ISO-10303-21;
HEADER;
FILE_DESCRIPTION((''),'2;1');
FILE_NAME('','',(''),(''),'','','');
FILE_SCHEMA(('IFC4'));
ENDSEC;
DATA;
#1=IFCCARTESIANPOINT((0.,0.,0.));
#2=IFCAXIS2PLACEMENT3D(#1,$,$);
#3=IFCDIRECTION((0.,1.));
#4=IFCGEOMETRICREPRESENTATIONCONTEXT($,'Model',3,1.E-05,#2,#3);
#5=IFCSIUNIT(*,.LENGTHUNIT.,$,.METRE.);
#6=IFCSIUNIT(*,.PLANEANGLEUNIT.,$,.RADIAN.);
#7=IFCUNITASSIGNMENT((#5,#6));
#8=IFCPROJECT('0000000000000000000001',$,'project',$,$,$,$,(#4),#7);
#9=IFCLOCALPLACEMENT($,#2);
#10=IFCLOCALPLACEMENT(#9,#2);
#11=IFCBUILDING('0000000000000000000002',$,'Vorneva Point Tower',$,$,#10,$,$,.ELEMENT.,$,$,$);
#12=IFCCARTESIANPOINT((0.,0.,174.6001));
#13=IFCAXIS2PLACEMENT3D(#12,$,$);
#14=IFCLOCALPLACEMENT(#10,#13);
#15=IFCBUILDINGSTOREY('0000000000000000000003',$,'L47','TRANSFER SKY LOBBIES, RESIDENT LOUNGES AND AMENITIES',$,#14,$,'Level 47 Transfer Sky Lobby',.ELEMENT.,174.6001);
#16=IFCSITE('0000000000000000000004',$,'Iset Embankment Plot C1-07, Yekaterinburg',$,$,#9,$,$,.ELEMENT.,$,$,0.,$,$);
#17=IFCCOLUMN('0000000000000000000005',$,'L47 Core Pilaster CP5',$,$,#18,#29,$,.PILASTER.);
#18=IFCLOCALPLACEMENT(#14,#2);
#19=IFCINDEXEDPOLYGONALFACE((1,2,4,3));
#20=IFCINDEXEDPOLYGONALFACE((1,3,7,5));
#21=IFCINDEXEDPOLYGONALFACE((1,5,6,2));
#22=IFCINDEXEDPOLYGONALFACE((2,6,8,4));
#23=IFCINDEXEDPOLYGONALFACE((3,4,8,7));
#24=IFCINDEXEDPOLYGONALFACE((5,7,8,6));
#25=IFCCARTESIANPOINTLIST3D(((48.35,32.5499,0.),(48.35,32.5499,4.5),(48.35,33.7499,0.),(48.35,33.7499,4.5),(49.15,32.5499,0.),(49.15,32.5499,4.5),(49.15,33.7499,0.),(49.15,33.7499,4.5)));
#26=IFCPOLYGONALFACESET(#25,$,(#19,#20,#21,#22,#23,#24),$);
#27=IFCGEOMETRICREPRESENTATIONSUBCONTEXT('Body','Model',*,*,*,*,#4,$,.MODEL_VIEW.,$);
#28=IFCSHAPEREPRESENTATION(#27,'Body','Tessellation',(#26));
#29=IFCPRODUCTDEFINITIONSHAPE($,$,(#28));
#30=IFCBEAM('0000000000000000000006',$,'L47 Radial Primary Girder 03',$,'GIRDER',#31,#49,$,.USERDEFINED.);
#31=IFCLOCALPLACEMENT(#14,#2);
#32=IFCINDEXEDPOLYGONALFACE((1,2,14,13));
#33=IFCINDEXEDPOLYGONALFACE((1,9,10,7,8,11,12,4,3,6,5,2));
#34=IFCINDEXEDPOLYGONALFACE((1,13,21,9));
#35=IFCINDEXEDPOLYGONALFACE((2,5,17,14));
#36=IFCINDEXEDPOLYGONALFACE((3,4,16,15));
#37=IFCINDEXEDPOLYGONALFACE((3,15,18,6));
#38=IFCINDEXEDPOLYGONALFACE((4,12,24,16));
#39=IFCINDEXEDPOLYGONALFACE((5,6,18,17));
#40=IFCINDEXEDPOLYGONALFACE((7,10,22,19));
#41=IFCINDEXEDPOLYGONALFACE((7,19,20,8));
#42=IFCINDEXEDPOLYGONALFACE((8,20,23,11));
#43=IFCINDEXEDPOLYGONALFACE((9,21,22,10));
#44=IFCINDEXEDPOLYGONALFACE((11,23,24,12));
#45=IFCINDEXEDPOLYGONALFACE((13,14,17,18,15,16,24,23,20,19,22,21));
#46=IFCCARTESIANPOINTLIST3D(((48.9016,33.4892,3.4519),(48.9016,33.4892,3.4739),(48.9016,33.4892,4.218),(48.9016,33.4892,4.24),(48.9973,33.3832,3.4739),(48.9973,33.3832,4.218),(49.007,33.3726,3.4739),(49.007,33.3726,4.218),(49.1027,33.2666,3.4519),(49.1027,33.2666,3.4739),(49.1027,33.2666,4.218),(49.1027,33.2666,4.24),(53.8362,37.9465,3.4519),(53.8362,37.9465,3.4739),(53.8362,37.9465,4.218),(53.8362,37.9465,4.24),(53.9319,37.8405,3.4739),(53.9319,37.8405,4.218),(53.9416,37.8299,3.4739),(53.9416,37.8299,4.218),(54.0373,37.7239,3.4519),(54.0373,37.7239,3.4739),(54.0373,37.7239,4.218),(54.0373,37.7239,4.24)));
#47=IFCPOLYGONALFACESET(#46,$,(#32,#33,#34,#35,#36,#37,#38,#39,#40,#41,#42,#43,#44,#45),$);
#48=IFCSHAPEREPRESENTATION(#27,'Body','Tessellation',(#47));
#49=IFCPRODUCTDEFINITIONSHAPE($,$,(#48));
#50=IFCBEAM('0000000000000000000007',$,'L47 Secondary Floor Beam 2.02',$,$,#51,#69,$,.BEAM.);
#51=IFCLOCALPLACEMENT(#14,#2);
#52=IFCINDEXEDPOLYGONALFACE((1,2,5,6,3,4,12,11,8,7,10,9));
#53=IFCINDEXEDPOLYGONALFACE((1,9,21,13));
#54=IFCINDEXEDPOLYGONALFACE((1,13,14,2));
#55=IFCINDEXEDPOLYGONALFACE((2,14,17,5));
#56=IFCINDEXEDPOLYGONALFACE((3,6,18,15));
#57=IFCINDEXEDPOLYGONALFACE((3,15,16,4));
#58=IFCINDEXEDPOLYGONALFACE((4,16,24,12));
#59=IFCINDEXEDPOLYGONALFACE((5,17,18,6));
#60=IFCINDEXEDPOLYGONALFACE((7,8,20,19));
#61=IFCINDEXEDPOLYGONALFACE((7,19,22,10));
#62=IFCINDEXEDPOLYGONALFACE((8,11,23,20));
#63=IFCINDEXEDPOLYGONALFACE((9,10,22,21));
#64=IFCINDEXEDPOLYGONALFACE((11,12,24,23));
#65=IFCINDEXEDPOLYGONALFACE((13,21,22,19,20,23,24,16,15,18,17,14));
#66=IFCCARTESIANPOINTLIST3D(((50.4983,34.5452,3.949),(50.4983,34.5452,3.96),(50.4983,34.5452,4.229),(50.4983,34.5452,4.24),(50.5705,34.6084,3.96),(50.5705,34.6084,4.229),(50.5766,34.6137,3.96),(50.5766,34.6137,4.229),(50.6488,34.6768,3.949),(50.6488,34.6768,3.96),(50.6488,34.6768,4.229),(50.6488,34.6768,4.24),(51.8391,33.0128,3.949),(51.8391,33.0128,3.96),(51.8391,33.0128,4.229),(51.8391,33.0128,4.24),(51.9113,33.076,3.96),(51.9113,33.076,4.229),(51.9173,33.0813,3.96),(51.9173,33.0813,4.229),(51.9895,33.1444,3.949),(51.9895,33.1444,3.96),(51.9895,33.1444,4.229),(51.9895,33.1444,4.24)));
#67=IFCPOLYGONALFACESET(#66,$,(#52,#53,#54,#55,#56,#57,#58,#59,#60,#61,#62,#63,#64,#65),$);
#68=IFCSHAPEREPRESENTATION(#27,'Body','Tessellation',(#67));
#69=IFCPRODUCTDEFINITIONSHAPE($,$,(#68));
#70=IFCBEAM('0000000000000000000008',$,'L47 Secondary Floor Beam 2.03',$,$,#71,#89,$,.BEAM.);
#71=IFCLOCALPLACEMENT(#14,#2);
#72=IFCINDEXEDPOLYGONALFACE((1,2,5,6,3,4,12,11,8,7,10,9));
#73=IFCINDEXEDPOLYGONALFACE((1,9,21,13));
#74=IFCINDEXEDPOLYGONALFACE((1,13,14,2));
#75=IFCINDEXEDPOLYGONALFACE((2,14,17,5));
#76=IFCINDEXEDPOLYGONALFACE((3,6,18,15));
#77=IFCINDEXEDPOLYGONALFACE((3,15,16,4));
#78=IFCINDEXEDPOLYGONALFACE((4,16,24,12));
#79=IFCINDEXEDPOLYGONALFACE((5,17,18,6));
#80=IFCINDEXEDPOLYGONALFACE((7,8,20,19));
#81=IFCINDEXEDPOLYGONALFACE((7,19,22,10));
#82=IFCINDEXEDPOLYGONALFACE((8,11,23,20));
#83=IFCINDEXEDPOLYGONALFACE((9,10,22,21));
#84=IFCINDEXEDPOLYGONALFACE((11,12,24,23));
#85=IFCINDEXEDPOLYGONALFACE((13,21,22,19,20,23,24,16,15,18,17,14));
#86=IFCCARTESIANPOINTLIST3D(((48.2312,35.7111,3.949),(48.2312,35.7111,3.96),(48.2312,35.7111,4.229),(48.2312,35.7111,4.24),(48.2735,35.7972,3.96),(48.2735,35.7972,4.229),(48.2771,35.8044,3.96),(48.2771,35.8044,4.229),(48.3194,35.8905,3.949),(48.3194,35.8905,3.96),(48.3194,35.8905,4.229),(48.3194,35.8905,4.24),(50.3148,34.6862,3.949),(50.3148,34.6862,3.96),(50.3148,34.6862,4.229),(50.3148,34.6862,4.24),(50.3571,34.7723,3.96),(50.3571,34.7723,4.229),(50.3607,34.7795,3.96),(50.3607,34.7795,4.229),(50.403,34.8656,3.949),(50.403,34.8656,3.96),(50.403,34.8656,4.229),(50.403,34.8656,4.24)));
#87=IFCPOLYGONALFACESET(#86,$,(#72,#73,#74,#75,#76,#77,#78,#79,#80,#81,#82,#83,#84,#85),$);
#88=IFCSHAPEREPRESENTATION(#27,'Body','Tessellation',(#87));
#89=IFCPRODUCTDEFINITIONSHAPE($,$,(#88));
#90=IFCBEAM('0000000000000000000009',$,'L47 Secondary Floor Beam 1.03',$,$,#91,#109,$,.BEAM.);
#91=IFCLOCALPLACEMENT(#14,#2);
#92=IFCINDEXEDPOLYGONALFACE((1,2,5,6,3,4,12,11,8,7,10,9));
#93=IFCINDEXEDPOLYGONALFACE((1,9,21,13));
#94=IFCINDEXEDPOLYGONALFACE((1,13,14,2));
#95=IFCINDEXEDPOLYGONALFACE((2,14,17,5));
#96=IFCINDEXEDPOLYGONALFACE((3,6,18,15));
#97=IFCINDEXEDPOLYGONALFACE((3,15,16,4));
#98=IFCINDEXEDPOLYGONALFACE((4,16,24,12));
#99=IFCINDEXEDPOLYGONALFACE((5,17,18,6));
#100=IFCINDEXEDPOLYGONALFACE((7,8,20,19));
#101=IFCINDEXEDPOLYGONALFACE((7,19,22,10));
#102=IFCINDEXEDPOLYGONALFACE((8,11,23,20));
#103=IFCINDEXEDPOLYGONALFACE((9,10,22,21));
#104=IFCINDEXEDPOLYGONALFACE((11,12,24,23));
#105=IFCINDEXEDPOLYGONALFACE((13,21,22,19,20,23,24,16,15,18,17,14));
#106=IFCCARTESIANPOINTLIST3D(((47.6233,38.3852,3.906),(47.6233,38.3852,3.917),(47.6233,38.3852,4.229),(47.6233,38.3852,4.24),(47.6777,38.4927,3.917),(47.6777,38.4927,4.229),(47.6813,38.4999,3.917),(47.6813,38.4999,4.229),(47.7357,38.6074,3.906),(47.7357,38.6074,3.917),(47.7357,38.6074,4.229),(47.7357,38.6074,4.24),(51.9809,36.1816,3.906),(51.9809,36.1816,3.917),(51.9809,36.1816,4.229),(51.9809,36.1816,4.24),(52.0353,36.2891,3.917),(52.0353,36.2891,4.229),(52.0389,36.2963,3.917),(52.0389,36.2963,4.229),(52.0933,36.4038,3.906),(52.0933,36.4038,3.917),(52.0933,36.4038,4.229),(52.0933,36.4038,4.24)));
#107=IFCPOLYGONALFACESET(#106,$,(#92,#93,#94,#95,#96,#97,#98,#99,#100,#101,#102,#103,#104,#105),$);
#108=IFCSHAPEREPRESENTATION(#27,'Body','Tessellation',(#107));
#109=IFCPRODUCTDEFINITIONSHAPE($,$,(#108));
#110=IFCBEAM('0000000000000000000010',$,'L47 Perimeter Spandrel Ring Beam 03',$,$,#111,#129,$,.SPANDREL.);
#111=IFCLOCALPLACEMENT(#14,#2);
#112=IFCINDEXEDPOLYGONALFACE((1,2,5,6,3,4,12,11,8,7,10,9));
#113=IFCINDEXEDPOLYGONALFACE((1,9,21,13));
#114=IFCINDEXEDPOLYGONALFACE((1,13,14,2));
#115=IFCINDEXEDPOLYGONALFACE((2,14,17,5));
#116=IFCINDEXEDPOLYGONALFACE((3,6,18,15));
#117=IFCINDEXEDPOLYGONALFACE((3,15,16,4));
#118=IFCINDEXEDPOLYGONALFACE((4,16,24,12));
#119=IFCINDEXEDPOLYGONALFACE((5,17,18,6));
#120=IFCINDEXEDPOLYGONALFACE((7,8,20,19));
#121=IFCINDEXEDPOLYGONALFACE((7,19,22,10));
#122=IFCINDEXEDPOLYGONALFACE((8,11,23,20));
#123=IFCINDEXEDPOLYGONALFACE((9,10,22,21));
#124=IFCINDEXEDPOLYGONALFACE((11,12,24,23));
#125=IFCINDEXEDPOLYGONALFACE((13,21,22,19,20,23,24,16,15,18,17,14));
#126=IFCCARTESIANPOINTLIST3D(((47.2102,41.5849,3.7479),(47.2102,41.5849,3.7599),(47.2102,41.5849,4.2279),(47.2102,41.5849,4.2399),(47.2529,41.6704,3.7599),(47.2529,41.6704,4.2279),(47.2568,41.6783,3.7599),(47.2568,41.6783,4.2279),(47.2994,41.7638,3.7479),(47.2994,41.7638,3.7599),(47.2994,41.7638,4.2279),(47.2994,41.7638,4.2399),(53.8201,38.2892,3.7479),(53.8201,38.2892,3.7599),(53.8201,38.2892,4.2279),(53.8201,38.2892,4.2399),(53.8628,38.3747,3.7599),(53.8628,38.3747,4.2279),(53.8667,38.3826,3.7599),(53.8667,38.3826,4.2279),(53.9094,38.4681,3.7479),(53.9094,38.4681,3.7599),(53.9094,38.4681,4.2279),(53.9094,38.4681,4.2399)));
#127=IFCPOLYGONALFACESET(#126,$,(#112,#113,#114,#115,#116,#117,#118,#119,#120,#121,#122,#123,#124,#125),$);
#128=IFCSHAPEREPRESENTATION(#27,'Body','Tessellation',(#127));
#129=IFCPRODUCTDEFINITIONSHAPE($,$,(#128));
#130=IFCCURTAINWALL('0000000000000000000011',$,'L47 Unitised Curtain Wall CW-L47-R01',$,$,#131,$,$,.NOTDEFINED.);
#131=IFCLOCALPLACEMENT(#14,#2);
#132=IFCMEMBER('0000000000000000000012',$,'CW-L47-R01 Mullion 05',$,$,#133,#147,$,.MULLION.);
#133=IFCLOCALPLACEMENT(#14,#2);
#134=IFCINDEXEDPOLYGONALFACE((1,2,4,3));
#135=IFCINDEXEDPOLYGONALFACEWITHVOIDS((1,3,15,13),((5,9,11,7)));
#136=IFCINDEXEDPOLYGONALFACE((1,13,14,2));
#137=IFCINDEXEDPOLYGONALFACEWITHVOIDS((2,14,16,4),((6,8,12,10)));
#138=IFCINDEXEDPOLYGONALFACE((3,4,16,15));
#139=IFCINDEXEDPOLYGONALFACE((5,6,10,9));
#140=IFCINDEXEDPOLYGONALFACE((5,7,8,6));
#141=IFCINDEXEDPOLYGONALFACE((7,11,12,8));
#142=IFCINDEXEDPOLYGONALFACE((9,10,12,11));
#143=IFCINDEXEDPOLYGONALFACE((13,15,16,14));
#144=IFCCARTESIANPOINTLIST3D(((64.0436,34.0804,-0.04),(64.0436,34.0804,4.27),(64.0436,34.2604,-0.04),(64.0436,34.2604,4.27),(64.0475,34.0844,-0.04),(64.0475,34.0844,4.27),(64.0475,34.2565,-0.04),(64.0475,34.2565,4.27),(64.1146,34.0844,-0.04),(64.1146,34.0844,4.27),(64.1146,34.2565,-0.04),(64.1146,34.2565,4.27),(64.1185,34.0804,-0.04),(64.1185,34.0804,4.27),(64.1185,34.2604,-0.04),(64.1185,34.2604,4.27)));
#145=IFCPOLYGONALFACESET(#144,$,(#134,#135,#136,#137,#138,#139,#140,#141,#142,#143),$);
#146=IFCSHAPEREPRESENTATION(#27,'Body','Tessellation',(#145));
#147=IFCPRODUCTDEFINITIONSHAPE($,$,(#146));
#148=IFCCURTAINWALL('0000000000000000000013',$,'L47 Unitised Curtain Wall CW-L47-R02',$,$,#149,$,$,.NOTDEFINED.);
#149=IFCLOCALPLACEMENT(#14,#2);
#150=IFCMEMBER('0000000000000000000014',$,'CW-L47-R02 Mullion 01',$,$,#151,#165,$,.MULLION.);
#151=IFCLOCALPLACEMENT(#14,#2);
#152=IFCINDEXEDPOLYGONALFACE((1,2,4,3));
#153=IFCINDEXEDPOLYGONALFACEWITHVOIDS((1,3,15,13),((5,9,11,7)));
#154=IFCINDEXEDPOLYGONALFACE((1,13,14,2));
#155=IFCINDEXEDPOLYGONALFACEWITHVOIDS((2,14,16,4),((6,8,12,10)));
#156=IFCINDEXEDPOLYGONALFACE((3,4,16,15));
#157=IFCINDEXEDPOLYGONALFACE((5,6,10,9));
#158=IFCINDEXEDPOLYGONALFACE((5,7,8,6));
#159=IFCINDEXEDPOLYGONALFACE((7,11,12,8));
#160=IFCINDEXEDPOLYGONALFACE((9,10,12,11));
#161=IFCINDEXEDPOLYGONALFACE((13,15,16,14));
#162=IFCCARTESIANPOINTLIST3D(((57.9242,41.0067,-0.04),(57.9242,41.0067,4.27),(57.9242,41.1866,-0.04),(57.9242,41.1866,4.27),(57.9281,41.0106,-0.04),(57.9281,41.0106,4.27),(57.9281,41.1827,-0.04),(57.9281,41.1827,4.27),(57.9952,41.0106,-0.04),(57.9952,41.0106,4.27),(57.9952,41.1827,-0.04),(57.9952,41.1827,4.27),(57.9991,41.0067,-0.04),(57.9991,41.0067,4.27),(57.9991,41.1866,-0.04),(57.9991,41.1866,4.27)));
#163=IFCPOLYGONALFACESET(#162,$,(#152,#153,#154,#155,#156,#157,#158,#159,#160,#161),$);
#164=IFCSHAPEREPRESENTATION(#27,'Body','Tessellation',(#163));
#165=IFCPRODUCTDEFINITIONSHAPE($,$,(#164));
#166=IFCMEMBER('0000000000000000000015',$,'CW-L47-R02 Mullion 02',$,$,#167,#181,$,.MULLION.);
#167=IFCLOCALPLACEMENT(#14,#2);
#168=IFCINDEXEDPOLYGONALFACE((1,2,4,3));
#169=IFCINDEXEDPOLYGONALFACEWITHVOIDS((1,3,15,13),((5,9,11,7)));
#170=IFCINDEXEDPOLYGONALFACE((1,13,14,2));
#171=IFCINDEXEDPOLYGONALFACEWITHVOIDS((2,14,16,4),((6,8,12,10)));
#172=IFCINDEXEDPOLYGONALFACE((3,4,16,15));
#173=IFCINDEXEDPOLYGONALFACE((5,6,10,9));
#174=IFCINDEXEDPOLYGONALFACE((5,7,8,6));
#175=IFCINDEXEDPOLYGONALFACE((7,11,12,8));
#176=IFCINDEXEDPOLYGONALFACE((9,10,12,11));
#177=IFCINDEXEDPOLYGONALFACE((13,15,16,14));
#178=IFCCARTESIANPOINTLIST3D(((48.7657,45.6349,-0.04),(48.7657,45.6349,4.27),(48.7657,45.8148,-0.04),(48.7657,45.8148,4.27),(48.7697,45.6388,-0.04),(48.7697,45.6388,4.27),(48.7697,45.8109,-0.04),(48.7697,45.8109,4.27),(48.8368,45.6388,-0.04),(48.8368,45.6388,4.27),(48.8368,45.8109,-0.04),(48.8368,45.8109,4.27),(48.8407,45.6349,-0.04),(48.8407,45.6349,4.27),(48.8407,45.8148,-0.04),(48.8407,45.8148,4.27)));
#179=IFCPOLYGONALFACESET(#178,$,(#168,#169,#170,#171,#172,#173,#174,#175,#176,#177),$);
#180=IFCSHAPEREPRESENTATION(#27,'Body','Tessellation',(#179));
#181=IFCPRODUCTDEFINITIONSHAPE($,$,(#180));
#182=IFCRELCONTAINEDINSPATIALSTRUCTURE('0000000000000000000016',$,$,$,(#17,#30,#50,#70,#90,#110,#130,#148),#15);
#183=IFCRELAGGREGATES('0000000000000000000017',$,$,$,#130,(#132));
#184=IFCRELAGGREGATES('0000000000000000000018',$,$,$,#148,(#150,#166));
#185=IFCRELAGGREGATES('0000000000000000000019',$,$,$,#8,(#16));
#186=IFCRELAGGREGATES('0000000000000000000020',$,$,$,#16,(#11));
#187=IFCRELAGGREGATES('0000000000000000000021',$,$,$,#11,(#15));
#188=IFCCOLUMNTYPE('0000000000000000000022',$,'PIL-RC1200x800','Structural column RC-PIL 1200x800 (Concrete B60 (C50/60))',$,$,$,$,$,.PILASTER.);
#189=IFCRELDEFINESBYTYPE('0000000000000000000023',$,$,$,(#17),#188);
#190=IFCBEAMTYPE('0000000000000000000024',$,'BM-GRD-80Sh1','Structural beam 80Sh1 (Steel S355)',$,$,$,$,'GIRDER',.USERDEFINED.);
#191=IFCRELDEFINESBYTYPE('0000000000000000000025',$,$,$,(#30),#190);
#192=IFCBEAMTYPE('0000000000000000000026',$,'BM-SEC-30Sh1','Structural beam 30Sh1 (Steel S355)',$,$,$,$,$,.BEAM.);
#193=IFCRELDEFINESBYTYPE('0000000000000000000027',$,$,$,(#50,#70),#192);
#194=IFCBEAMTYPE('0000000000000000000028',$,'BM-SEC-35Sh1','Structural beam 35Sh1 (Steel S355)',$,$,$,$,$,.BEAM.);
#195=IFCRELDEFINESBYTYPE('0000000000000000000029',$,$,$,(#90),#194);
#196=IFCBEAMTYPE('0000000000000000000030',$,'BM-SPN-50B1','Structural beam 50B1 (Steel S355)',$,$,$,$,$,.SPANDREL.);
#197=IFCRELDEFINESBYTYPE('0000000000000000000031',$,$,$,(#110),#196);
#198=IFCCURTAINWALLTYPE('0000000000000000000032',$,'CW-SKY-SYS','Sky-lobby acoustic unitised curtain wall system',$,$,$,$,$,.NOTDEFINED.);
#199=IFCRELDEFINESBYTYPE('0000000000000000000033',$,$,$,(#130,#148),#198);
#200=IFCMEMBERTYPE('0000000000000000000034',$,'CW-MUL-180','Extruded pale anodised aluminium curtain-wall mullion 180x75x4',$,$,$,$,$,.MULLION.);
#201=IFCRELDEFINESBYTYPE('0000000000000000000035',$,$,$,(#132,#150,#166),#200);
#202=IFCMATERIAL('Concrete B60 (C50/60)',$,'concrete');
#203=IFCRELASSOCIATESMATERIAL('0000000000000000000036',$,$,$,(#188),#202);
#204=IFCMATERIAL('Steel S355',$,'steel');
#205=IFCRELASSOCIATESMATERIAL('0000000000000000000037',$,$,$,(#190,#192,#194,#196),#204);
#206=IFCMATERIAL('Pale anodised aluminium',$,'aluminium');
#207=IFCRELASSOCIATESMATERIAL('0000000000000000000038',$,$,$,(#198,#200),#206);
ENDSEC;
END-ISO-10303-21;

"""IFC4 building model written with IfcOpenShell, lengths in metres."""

from ifc_helpers import new_model, si_unit, direction, frame, origin, origin_2d, place, context, subcontext, project, spatial, rectangle, hollow_rectangle, i_section, extrude, material, material_profile, profile_set, type_object, element, aggregate, save


model = new_model("IFC4")

# Units and contexts
model_context = context("Model", 3, precision=1e-05, world=origin(), true_north=direction((0.0, 1.0)))
body_context = subcontext(model_context, "Body", "Model", "MODEL_VIEW")
ifc_project = project(units=[si_unit("LENGTHUNIT", "METRE"), si_unit("PLANEANGLEUNIT", "RADIAN")], contexts=[model_context])

# Site, building, storey
site_placement = place(None, origin())
site = spatial("IfcSite", under=ifc_project, at=site_placement, Name="Iset Embankment Plot C1-07, Yekaterinburg", CompositionType="ELEMENT", RefElevation=0.0)
building_placement = place(site_placement, origin())
building = spatial("IfcBuilding", under=site, at=building_placement, Name="Vorneva Point Tower", CompositionType="ELEMENT")
storey_placement = place(building_placement, frame((0.0, 0.0, 174.6001)))
storey = spatial("IfcBuildingStorey", under=building, at=storey_placement, Name="L47", Description="TRANSFER SKY LOBBIES, RESIDENT LOUNGES AND AMENITIES", LongName="Level 47 Transfer Sky Lobby", CompositionType="ELEMENT", Elevation=174.6001)

# Column
ifc_material_1 = material(Name="Concrete B60 (C50/60)", Category="concrete")
ifc_material_profile_1 = material_profile(ifc_material_1, rectangle(XDim=0.8, YDim=1.2, at=origin_2d()), Name="RC-PIL 1200x800")
ifc_profile_set_1 = profile_set([ifc_material_profile_1], Name="Concrete B60 (C50/60)")
column_type_1 = type_object("IfcColumnType", Name="PIL-RC1200x800", Description="Structural column RC-PIL 1200x800 (Concrete B60 (C50/60))", PredefinedType="PILASTER", material=ifc_profile_set_1)
column_1_placement = place(storey_placement, frame((48.75, 33.1499, 0.0), z_axis=(0.0, 0.0, 1.0), x_axis=(1.0, 0.0, 0.0)))
element("IfcColumn", 1, at=column_1_placement, inside=storey, type_object=column_type_1, Name="L47 Core Pilaster CP5", PredefinedType="PILASTER", context=body_context, shape_type="SweptSolid", body=[
    extrude(rectangle(XDim=0.8, YDim=1.2, at=origin_2d()), origin(), (0.0, 0.0, 1.0), 4.5),
])

# Beams
ifc_material_2 = material(Name="Steel S355", Category="steel")
ifc_material_profile_2 = material_profile(ifc_material_2, i_section(OverallWidth=0.3, OverallDepth=0.7881, WebThickness=0.0144, FlangeThickness=0.022, at=origin_2d()), Name="80Sh1")
ifc_profile_set_2 = profile_set([ifc_material_profile_2], Name="Steel S355")
beam_type_1 = type_object("IfcBeamType", Name="BM-GRD-80Sh1", Description="Structural beam 80Sh1 (Steel S355)", ElementType="GIRDER", PredefinedType="USERDEFINED", material=ifc_profile_set_2)
beam_1_placement = place(storey_placement, frame((53.9368, 37.8352, 3.8459), z_axis=(-0.742084, -0.670306, 0.0), x_axis=(0.670306, -0.742084, 0.0)))
element("IfcBeam", 2, at=beam_1_placement, inside=storey, type_object=beam_type_1, Name="L47 Radial Primary Girder 03", ObjectType="GIRDER", PredefinedType="USERDEFINED", context=body_context, shape_type="SweptSolid", body=[
    extrude(i_section(OverallWidth=0.3, OverallDepth=0.7881, WebThickness=0.0144, FlangeThickness=0.022, at=origin_2d()), origin(), (0.0, 0.0, 1.0), 6.6497),
])
ifc_material_profile_3 = material_profile(ifc_material_2, i_section(OverallWidth=0.2, OverallDepth=0.291, WebThickness=0.0081, FlangeThickness=0.011, at=origin_2d()), Name="30Sh1")
ifc_profile_set_3 = profile_set([ifc_material_profile_3], Name="Steel S355")
beam_type_2 = type_object("IfcBeamType", Name="BM-SEC-30Sh1", Description="Structural beam 30Sh1 (Steel S355)", PredefinedType="BEAM", material=ifc_profile_set_3)
beam_2_placement = place(storey_placement, frame((51.9143, 33.0786, 4.0945), z_axis=(-0.658479, 0.752599, 0.0), x_axis=(-0.752599, -0.658479, 0.0)))
element("IfcBeam", 3, at=beam_2_placement, inside=storey, type_object=beam_type_2, Name="L47 Secondary Floor Beam 2.02", PredefinedType="BEAM", context=body_context, shape_type="SweptSolid", body=[
    extrude(i_section(OverallWidth=0.2, OverallDepth=0.291, WebThickness=0.0081, FlangeThickness=0.011, at=origin_2d()), origin(), (0.0, 0.0, 1.0), 2.0361),
])
beam_3_placement = place(storey_placement, frame((50.3589, 34.7759, 4.0945), z_axis=(-0.89731, 0.4414, 0.0), x_axis=(-0.4414, -0.89731, 0.0)))
element("IfcBeam", 4, at=beam_3_placement, inside=storey, type_object=beam_type_2, Name="L47 Secondary Floor Beam 2.03", PredefinedType="BEAM", context=body_context, shape_type="SweptSolid", body=[
    extrude(i_section(OverallWidth=0.2, OverallDepth=0.291, WebThickness=0.0081, FlangeThickness=0.011, at=origin_2d()), origin(), (0.0, 0.0, 1.0), 2.322),
])
ifc_material_profile_4 = material_profile(ifc_material_2, i_section(OverallWidth=0.249, OverallDepth=0.334, WebThickness=0.0081, FlangeThickness=0.011, at=origin_2d()), Name="35Sh1")
ifc_profile_set_4 = profile_set([ifc_material_profile_4], Name="Steel S355")
beam_type_3 = type_object("IfcBeamType", Name="BM-SEC-35Sh1", Description="Structural beam 35Sh1 (Steel S355)", PredefinedType="BEAM", material=ifc_profile_set_4)
beam_4_placement = place(storey_placement, frame((52.0371, 36.2927, 4.073), z_axis=(-0.892388, 0.451269, 0.0), x_axis=(-0.451269, -0.892388, 0.0)))
element("IfcBeam", 5, at=beam_4_placement, inside=storey, type_object=beam_type_3, Name="L47 Secondary Floor Beam 1.03", PredefinedType="BEAM", context=body_context, shape_type="SweptSolid", body=[
    extrude(i_section(OverallWidth=0.249, OverallDepth=0.334, WebThickness=0.0081, FlangeThickness=0.011, at=origin_2d()), origin(), (0.0, 0.0, 1.0), 4.8831),
])
ifc_material_profile_5 = material_profile(ifc_material_2, i_section(OverallWidth=0.2, OverallDepth=0.4919, WebThickness=0.0088, FlangeThickness=0.012, at=origin_2d()), Name="50B1")
ifc_profile_set_5 = profile_set([ifc_material_profile_5], Name="Steel S355")
beam_type_4 = type_object("IfcBeamType", Name="BM-SPN-50B1", Description="Structural beam 50B1 (Steel S355)", PredefinedType="SPANDREL", material=ifc_profile_set_5)
beam_5_placement = place(storey_placement, frame((53.8647, 38.3787, 3.9939), z_axis=(-0.894929, 0.446208, 0.0), x_axis=(-0.446208, -0.894929, 0.0)))
element("IfcBeam", 6, at=beam_5_placement, inside=storey, type_object=beam_type_4, Name="L47 Perimeter Spandrel Ring Beam 03", PredefinedType="SPANDREL", context=body_context, shape_type="SweptSolid", body=[
    extrude(i_section(OverallWidth=0.2, OverallDepth=0.4919, WebThickness=0.0088, FlangeThickness=0.012, at=origin_2d()), origin(), (0.0, 0.0, 1.0), 7.386),
])

# Curtain wall, member
ifc_material_3 = material(Name="Pale anodised aluminium", Category="aluminium")
curtain_wall_type = type_object("IfcCurtainWallType", Name="CW-SKY-SYS", Description="Sky-lobby acoustic unitised curtain wall system", PredefinedType="NOTDEFINED", material=ifc_material_3)
curtain_wall_1_placement = place(storey_placement, origin())
curtain_wall_1 = element("IfcCurtainWall", 7, at=curtain_wall_1_placement, inside=storey, type_object=curtain_wall_type, Name="L47 Unitised Curtain Wall CW-L47-R01", PredefinedType="NOTDEFINED")
ifc_material_profile_6 = material_profile(ifc_material_3, hollow_rectangle(XDim=0.075, YDim=0.1799, WallThickness=0.0039, at=origin_2d()), Name="AL-MUL 180x75x4")
ifc_profile_set_6 = profile_set([ifc_material_profile_6], Name="Pale anodised aluminium")
member_type_1 = type_object("IfcMemberType", Name="CW-MUL-180", Description="Extruded pale anodised aluminium curtain-wall mullion 180x75x4", PredefinedType="MULLION", material=ifc_profile_set_6)
member_1_placement = place(storey_placement, frame((64.0811, 34.1704, -0.04), z_axis=(0.0, 0.0, 1.0), x_axis=(1.0, 0.0, 0.0)))
member_1 = element("IfcMember", 8, at=member_1_placement, type_object=member_type_1, Name="CW-L47-R01 Mullion 05", PredefinedType="MULLION", context=body_context, shape_type="SweptSolid", body=[
    extrude(hollow_rectangle(XDim=0.075, YDim=0.1799, WallThickness=0.0039, at=origin_2d()), origin(), (0.0, 0.0, 1.0), 4.3101),
])
aggregate(curtain_wall_1, [member_1])

# Curtain wall, members
curtain_wall_2_placement = place(storey_placement, origin())
curtain_wall_2 = element("IfcCurtainWall", 9, at=curtain_wall_2_placement, inside=storey, type_object=curtain_wall_type, Name="L47 Unitised Curtain Wall CW-L47-R02", PredefinedType="NOTDEFINED")
member_2_placement = place(storey_placement, frame((57.9617, 41.0967, -0.04), z_axis=(0.0, 0.0, 1.0), x_axis=(1.0, 0.0, 0.0)))
member_2 = element("IfcMember", 10, at=member_2_placement, type_object=member_type_1, Name="CW-L47-R02 Mullion 01", PredefinedType="MULLION", context=body_context, shape_type="SweptSolid", body=[
    extrude(hollow_rectangle(XDim=0.075, YDim=0.1799, WallThickness=0.0039, at=origin_2d()), origin(), (0.0, 0.0, 1.0), 4.3101),
])
member_3_placement = place(storey_placement, frame((48.8032, 45.7249, -0.04), z_axis=(0.0, 0.0, 1.0), x_axis=(1.0, 0.0, 0.0)))
member_3 = element("IfcMember", 11, at=member_3_placement, type_object=member_type_1, Name="CW-L47-R02 Mullion 02", PredefinedType="MULLION", context=body_context, shape_type="SweptSolid", body=[
    extrude(hollow_rectangle(XDim=0.075, YDim=0.1799, WallThickness=0.0039, at=origin_2d()), origin(), (0.0, 0.0, 1.0), 4.3101),
])
aggregate(curtain_wall_2, [member_2, member_3])

save(model, "model.ifc")
